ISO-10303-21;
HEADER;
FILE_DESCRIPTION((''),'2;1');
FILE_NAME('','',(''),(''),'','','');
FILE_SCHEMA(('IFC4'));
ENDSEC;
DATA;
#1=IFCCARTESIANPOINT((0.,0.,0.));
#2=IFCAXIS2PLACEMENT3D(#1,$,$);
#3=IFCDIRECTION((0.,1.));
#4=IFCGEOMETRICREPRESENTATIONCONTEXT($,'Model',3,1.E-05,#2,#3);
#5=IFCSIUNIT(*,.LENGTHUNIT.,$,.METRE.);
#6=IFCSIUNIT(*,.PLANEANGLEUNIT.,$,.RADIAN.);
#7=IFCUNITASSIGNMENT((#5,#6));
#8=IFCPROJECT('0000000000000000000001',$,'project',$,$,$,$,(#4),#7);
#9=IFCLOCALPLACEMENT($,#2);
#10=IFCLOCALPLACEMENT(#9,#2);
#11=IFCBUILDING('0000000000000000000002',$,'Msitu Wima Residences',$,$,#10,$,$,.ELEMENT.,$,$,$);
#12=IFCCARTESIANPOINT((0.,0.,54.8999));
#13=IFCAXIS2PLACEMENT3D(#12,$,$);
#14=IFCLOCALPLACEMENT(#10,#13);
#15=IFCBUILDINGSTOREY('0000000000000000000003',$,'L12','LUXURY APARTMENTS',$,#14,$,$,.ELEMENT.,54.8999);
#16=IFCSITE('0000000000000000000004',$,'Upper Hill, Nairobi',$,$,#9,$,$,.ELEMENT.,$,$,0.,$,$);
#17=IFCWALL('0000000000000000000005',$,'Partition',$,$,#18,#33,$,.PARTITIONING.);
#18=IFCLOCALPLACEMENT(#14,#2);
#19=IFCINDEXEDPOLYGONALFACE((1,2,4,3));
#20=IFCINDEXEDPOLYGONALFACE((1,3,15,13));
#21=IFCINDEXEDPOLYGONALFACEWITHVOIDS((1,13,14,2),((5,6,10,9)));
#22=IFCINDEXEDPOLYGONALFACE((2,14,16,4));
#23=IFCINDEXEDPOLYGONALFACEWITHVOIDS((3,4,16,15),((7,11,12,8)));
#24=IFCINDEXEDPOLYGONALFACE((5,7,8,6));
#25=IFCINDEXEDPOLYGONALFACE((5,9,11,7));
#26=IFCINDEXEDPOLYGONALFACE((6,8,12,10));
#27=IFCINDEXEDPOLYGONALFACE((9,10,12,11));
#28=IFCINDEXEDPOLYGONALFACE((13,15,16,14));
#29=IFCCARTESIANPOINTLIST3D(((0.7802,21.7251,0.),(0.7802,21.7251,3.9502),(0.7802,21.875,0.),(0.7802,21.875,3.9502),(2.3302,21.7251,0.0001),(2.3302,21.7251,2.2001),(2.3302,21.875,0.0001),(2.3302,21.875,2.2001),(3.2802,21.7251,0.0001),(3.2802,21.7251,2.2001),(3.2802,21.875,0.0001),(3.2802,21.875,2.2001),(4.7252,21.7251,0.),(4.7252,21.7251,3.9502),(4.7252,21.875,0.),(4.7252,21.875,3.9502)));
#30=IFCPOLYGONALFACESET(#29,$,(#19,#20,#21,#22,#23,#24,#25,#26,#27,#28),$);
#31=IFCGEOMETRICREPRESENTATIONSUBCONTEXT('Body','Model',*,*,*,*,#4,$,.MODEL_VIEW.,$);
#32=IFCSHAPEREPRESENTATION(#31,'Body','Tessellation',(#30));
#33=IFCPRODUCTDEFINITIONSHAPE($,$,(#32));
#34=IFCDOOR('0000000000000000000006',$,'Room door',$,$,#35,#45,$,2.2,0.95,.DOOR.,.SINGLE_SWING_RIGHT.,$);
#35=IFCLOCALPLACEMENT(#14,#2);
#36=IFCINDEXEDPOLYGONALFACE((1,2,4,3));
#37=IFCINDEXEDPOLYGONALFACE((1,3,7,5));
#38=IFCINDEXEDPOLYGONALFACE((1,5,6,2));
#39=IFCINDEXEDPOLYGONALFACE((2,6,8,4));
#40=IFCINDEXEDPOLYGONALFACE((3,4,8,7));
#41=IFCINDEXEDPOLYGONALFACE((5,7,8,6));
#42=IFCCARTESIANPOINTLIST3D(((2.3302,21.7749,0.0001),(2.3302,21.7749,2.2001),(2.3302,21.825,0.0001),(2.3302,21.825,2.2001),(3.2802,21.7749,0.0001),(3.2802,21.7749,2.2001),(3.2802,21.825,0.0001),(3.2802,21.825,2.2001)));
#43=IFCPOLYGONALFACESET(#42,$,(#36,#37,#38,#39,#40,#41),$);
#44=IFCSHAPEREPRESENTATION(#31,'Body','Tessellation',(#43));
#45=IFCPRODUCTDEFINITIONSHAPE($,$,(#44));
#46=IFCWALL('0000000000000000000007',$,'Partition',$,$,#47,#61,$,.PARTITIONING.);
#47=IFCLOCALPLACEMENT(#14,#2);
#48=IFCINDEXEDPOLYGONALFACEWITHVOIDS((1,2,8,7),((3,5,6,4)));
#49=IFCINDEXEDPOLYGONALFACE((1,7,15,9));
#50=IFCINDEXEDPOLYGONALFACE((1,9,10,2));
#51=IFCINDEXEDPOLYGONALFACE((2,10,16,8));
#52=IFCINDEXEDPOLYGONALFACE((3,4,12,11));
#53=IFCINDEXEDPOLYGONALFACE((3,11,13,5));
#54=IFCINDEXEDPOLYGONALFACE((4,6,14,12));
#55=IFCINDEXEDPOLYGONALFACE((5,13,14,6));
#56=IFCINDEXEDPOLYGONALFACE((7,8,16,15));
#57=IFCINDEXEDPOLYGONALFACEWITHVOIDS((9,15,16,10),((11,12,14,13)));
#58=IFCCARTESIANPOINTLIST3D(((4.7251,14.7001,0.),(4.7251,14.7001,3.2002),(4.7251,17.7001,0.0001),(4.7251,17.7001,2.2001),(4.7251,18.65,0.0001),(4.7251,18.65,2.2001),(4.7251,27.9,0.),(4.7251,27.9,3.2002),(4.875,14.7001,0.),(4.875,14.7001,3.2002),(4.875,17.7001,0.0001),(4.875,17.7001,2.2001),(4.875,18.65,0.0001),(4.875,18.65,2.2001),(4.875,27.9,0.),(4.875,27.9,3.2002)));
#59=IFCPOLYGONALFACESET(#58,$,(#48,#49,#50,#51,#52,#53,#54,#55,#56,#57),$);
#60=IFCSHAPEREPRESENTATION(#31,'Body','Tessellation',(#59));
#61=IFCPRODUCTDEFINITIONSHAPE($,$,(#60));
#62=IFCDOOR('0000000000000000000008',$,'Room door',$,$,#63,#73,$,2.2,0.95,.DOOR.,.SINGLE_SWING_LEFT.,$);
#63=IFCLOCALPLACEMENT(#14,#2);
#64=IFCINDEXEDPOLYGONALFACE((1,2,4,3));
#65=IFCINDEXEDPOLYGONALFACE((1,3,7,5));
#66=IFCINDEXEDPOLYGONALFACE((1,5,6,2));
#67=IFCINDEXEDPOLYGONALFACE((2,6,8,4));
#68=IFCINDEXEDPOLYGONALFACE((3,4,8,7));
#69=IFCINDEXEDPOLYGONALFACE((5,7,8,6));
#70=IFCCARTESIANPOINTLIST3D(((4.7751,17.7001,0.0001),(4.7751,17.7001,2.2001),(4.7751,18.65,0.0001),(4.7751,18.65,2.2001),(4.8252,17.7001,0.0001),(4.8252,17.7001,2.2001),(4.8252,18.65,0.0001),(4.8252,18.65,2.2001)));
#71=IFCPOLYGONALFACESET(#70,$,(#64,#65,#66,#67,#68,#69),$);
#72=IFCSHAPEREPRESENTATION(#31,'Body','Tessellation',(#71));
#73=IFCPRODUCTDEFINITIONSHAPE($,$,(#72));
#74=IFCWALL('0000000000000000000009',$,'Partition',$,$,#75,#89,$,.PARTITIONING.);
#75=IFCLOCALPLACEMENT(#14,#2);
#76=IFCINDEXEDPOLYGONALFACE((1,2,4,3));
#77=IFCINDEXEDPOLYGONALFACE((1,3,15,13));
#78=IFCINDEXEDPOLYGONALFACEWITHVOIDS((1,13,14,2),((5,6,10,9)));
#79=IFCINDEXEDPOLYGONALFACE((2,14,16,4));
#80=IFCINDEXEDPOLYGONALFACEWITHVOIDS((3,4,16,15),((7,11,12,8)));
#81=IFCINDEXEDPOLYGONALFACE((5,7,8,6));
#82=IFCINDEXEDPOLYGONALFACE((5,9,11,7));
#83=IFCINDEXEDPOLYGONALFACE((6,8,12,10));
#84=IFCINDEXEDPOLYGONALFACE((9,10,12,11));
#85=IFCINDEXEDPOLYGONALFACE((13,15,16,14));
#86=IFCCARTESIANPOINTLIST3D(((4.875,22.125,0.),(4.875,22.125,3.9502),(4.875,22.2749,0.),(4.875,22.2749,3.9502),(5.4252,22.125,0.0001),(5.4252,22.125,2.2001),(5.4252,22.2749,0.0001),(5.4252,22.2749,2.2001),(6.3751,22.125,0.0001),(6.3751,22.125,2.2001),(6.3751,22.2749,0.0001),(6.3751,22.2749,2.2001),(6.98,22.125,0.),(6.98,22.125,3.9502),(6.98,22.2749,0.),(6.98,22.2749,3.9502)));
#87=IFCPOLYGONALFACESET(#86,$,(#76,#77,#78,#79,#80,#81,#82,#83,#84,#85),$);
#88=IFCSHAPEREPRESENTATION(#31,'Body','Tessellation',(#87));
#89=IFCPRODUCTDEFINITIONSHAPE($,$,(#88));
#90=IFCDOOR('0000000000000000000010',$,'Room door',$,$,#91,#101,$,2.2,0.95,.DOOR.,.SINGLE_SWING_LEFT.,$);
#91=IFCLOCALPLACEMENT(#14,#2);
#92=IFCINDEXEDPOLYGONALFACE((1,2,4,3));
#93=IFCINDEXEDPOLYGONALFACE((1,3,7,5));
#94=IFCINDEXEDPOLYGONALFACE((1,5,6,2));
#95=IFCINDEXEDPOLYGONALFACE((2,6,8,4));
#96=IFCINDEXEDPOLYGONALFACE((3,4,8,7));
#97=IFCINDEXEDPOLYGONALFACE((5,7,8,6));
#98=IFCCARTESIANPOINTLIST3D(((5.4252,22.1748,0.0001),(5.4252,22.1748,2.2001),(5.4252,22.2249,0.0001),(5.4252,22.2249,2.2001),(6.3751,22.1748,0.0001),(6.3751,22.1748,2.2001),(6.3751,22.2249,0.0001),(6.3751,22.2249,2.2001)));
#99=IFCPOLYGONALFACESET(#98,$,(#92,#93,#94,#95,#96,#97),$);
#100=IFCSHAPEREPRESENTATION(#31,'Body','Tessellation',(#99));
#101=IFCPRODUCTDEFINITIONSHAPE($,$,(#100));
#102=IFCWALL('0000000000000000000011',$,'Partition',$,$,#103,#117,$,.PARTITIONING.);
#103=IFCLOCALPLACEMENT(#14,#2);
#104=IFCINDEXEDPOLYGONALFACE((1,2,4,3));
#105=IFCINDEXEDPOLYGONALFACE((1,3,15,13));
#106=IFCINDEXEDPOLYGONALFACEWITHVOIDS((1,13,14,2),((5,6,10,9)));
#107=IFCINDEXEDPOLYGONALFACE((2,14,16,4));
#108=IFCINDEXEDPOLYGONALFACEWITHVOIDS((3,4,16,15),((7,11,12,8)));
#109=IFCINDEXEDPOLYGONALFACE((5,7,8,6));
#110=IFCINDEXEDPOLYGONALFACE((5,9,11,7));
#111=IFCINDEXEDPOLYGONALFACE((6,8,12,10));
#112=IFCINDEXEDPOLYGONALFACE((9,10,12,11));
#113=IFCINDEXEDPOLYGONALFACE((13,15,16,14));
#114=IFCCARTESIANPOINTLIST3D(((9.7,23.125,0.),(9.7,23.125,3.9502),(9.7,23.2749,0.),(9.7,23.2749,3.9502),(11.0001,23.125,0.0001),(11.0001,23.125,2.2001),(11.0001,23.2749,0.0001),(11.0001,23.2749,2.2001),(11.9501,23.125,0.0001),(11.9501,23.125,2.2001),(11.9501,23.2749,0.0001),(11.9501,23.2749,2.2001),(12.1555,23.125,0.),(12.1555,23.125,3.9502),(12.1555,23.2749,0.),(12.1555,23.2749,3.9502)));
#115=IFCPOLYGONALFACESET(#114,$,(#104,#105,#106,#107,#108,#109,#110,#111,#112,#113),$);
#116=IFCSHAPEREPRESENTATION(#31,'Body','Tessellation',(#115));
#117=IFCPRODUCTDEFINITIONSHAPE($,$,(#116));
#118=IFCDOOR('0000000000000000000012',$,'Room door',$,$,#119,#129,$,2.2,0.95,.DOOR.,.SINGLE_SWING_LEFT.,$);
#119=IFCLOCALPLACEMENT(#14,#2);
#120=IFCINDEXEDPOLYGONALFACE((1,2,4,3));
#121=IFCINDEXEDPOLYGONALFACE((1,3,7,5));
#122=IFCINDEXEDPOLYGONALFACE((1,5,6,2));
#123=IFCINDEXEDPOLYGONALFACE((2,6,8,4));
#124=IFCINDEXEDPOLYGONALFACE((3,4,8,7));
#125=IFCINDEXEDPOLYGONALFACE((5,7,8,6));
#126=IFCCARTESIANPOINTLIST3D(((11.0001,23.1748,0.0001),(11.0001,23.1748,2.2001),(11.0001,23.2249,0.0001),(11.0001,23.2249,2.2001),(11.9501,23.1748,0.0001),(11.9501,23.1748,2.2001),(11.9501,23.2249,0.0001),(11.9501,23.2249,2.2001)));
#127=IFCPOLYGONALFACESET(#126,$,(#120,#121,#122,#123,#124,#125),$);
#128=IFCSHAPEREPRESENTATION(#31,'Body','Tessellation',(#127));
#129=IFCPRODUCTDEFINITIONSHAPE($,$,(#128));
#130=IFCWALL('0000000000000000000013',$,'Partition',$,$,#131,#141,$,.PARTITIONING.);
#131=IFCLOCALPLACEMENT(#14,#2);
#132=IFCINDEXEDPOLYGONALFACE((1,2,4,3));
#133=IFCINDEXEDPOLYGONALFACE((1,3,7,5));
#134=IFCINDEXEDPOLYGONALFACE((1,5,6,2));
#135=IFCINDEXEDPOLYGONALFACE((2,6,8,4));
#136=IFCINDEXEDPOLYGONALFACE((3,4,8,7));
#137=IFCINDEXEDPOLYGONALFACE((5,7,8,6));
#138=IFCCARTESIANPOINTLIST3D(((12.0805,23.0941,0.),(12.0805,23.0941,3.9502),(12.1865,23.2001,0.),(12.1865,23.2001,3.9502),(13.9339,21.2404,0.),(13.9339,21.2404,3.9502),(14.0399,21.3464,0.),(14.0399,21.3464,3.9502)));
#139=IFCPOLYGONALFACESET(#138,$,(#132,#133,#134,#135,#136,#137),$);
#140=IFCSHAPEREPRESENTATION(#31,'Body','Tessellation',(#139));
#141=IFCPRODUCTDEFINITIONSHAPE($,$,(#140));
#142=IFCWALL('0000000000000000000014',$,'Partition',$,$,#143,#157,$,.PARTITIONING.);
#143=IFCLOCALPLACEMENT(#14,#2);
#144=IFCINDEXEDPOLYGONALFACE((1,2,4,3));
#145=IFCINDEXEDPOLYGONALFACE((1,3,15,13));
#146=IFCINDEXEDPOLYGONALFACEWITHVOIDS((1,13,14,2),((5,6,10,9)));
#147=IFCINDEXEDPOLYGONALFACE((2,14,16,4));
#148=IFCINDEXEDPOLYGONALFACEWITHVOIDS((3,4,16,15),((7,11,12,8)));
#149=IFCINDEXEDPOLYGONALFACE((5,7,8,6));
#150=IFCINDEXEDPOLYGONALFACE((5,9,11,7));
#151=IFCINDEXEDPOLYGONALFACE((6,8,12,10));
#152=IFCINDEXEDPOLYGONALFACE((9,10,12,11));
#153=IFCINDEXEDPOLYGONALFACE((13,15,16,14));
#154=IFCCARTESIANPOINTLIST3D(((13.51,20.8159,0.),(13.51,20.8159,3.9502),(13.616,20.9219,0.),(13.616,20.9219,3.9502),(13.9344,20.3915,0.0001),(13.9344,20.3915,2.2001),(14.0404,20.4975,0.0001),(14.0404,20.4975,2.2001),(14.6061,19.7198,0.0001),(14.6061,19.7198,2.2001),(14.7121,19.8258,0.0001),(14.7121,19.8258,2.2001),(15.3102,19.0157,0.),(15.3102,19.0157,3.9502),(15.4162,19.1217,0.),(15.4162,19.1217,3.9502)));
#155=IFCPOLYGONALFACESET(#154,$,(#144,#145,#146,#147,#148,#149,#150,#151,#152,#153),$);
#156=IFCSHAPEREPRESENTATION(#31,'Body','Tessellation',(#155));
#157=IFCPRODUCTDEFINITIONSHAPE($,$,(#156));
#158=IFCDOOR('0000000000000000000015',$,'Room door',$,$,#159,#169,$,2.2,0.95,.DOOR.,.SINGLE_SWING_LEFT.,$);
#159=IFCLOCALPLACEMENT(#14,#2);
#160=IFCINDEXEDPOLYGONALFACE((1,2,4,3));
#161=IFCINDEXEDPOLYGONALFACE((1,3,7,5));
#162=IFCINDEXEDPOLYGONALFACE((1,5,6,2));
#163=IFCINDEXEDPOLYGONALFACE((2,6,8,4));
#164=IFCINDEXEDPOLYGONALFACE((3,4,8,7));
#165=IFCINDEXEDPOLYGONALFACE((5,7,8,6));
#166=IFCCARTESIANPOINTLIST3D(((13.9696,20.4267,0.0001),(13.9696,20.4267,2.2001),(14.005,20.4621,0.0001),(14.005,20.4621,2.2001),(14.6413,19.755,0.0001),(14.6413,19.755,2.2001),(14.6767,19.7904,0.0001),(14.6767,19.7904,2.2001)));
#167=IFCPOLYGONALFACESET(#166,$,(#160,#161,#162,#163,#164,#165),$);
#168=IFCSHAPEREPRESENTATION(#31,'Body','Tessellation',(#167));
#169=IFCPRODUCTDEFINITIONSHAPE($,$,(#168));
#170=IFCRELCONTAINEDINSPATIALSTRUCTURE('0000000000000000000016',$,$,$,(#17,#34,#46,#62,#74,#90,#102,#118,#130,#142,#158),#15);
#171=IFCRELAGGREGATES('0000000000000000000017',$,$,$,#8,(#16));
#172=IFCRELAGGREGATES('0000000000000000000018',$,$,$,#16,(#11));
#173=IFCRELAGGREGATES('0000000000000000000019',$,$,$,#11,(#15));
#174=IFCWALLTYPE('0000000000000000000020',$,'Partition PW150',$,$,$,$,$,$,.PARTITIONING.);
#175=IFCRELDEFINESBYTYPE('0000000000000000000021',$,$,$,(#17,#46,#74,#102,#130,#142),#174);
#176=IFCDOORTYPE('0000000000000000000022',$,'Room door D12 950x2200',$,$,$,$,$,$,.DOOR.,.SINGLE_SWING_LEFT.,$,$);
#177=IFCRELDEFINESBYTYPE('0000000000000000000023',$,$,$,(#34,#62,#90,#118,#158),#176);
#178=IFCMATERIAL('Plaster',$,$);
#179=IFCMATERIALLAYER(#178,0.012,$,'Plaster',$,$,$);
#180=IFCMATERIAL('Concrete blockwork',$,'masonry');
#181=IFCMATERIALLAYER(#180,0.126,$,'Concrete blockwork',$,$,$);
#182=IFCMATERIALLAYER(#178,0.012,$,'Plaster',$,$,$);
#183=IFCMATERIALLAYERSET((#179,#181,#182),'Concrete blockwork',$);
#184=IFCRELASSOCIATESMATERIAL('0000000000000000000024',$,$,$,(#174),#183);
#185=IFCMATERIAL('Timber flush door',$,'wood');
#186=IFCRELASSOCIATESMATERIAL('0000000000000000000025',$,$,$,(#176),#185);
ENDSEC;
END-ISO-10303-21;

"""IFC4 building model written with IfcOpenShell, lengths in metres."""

from ifc_helpers import new_model, si_unit, direction, frame, frame_2d, origin, place, context, subcontext, project, spatial, rectangle, extrude, material, layer, layer_set, type_object, element, fill, save


model = new_model("IFC4")

# Units and contexts
model_context = context("Model", 3, precision=1e-05, world=origin(), true_north=direction((0.0, 1.0)))
body_context = subcontext(model_context, "Body", "Model", "MODEL_VIEW")
ifc_project = project(units=[si_unit("LENGTHUNIT", "METRE"), si_unit("PLANEANGLEUNIT", "RADIAN")], contexts=[model_context])

# Site, building, storey
site_placement = place(None, origin())
site = spatial("IfcSite", under=ifc_project, at=site_placement, Name="Upper Hill, Nairobi", CompositionType="ELEMENT", RefElevation=0.0)
building_placement = place(site_placement, origin())
building = spatial("IfcBuilding", under=site, at=building_placement, Name="Msitu Wima Residences", CompositionType="ELEMENT")
storey_placement = place(building_placement, frame((0.0, 0.0, 54.8999)))
storey = spatial("IfcBuildingStorey", under=building, at=storey_placement, Name="L12", Description="LUXURY APARTMENTS", CompositionType="ELEMENT", Elevation=54.8999)

# Walls, openings, doors
ifc_material_1 = material(Name="Plaster")
ifc_layer_1 = layer(ifc_material_1, 0.012, Name="Plaster")
ifc_material_2 = material(Name="Concrete blockwork", Category="masonry")
ifc_layer_2 = layer(ifc_material_2, 0.126, Name="Concrete blockwork")
ifc_layer_3 = layer(ifc_material_1, 0.012, Name="Plaster")
ifc_layer_set_1 = layer_set([ifc_layer_1, ifc_layer_2, ifc_layer_3], Name="Concrete blockwork")
wall_type_1 = type_object("IfcWallType", Name="Partition PW150", PredefinedType="PARTITIONING", material=ifc_layer_set_1)
wall_1_placement = place(storey_placement, frame((0.78, 21.8, 0.0), z_axis=(0.0, 0.0, 1.0), x_axis=(1.0, 0.0, 0.0)))
wall_1 = element("IfcWall", 1, at=wall_1_placement, inside=storey, type_object=wall_type_1, Name="Partition", PredefinedType="PARTITIONING", context=body_context, shape_type="SweptSolid", body=[
    extrude(rectangle(XDim=3.9451, YDim=0.1499, at=frame_2d((1.9727, 0.0))), origin(), (0.0, 0.0, 1.0), 3.9502),
])
opening_1_placement = place(wall_1_placement, frame((1.55, 0.0, 0.0)))
opening_1 = element("IfcOpeningElement", 2, at=opening_1_placement, cuts=wall_1, PredefinedType="OPENING", context=body_context, shape_type="SweptSolid", body=[
    extrude(rectangle(XDim=0.95, YDim=2.2, at=frame_2d((0.4751, 1.1001))), frame((0.0, 0.085, 0.0), z_axis=(0.0, -1.0, 0.0), x_axis=(1.0, 0.0, 0.0)), (0.0, 0.0, 1.0), 0.1699),
])
ifc_material_3 = material(Name="Timber flush door", Category="wood")
door_type_1 = type_object("IfcDoorType", Name="Room door D12 950x2200", OperationType="SINGLE_SWING_LEFT", PredefinedType="DOOR", material=ifc_material_3)
door_1_placement = place(opening_1_placement, origin())
door_1 = element("IfcDoor", 3, at=door_1_placement, inside=storey, type_object=door_type_1, Name="Room door", OperationType="SINGLE_SWING_RIGHT", OverallHeight=2.2, OverallWidth=0.95, PredefinedType="DOOR", context=body_context, shape_type="SweptSolid", body=[
    extrude(rectangle(XDim=0.95, YDim=2.2, at=frame_2d((0.4751, 1.1001))), frame((0.0, 0.0249, 0.0), z_axis=(0.0, -1.0, 0.0), x_axis=(1.0, 0.0, 0.0)), (0.0, 0.0, 1.0), 0.05),
])
fill(opening_1, door_1)
wall_2_placement = place(storey_placement, frame((4.8, 14.7, 0.0), z_axis=(0.0, 0.0, 1.0), x_axis=(0.0, 1.0, 0.0)))
wall_2 = element("IfcWall", 4, at=wall_2_placement, inside=storey, type_object=wall_type_1, Name="Partition", PredefinedType="PARTITIONING", context=body_context, shape_type="SweptSolid", body=[
    extrude(rectangle(XDim=13.2, YDim=0.1499, at=frame_2d((6.6001, 0.0))), origin(), (0.0, 0.0, 1.0), 3.2002),
])
opening_2_placement = place(wall_2_placement, frame((3.0, 0.0, 0.0)))
opening_2 = element("IfcOpeningElement", 5, at=opening_2_placement, cuts=wall_2, PredefinedType="OPENING", context=body_context, shape_type="SweptSolid", body=[
    extrude(rectangle(XDim=0.95, YDim=2.2, at=frame_2d((0.4751, 1.1001))), frame((0.0, 0.085, 0.0), z_axis=(0.0, -1.0, 0.0), x_axis=(1.0, 0.0, 0.0)), (0.0, 0.0, 1.0), 0.1699),
])
door_2_placement = place(opening_2_placement, origin())
door_2 = element("IfcDoor", 6, at=door_2_placement, inside=storey, type_object=door_type_1, Name="Room door", OperationType="SINGLE_SWING_LEFT", OverallHeight=2.2, OverallWidth=0.95, PredefinedType="DOOR", context=body_context, shape_type="SweptSolid", body=[
    extrude(rectangle(XDim=0.95, YDim=2.2, at=frame_2d((0.4751, 1.1001))), frame((0.0, 0.0249, 0.0), z_axis=(0.0, -1.0, 0.0), x_axis=(1.0, 0.0, 0.0)), (0.0, 0.0, 1.0), 0.05),
])
fill(opening_2, door_2)
wall_3_placement = place(storey_placement, frame((4.875, 22.2, 0.0), z_axis=(0.0, 0.0, 1.0), x_axis=(1.0, 0.0, 0.0)))
wall_3 = element("IfcWall", 7, at=wall_3_placement, inside=storey, type_object=wall_type_1, Name="Partition", PredefinedType="PARTITIONING", context=body_context, shape_type="SweptSolid", body=[
    extrude(rectangle(XDim=2.105, YDim=0.1499, at=frame_2d((1.0525, 0.0))), origin(), (0.0, 0.0, 1.0), 3.9502),
])
opening_3_placement = place(wall_3_placement, frame((0.55, 0.0, 0.0)))
opening_3 = element("IfcOpeningElement", 8, at=opening_3_placement, cuts=wall_3, PredefinedType="OPENING", context=body_context, shape_type="SweptSolid", body=[
    extrude(rectangle(XDim=0.95, YDim=2.2, at=frame_2d((0.4751, 1.1001))), frame((0.0, 0.085, 0.0), z_axis=(0.0, -1.0, 0.0), x_axis=(1.0, 0.0, 0.0)), (0.0, 0.0, 1.0), 0.1699),
])
door_3_placement = place(opening_3_placement, origin())
door_3 = element("IfcDoor", 9, at=door_3_placement, inside=storey, type_object=door_type_1, Name="Room door", OperationType="SINGLE_SWING_LEFT", OverallHeight=2.2, OverallWidth=0.95, PredefinedType="DOOR", context=body_context, shape_type="SweptSolid", body=[
    extrude(rectangle(XDim=0.95, YDim=2.2, at=frame_2d((0.4751, 1.1001))), frame((0.0, 0.0249, 0.0), z_axis=(0.0, -1.0, 0.0), x_axis=(1.0, 0.0, 0.0)), (0.0, 0.0, 1.0), 0.05),
])
fill(opening_3, door_3)
wall_4_placement = place(storey_placement, frame((9.7, 23.2, 0.0), z_axis=(0.0, 0.0, 1.0), x_axis=(1.0, 0.0, 0.0)))
wall_4 = element("IfcWall", 10, at=wall_4_placement, inside=storey, type_object=wall_type_1, Name="Partition", PredefinedType="PARTITIONING", context=body_context, shape_type="SweptSolid", body=[
    extrude(rectangle(XDim=2.4556, YDim=0.1499, at=frame_2d((1.2278, 0.0))), origin(), (0.0, 0.0, 1.0), 3.9502),
])
opening_4_placement = place(wall_4_placement, frame((1.3, 0.0, 0.0)))
opening_4 = element("IfcOpeningElement", 11, at=opening_4_placement, cuts=wall_4, PredefinedType="OPENING", context=body_context, shape_type="SweptSolid", body=[
    extrude(rectangle(XDim=0.95, YDim=2.2, at=frame_2d((0.4751, 1.1001))), frame((0.0, 0.085, 0.0), z_axis=(0.0, -1.0, 0.0), x_axis=(1.0, 0.0, 0.0)), (0.0, 0.0, 1.0), 0.1699),
])
door_4_placement = place(opening_4_placement, origin())
door_4 = element("IfcDoor", 12, at=door_4_placement, inside=storey, type_object=door_type_1, Name="Room door", OperationType="SINGLE_SWING_LEFT", OverallHeight=2.2, OverallWidth=0.95, PredefinedType="DOOR", context=body_context, shape_type="SweptSolid", body=[
    extrude(rectangle(XDim=0.95, YDim=2.2, at=frame_2d((0.4751, 1.1001))), frame((0.0, 0.0249, 0.0), z_axis=(0.0, -1.0, 0.0), x_axis=(1.0, 0.0, 0.0)), (0.0, 0.0, 1.0), 0.05),
])
fill(opening_4, door_4)

# Wall
wall_5_placement = place(storey_placement, frame((12.1335, 23.147, 0.0), z_axis=(0.0, 0.0, 1.0), x_axis=(0.70706, -0.707153, 0.0)))
element("IfcWall", 13, at=wall_5_placement, inside=storey, type_object=wall_type_1, Name="Partition", PredefinedType="PARTITIONING", context=body_context, shape_type="SweptSolid", body=[
    extrude(rectangle(XDim=2.6213, YDim=0.1499, at=frame_2d((1.3105, 0.0))), origin(), (0.0, 0.0, 1.0), 3.9502),
])

# Wall, opening, door
wall_6_placement = place(storey_placement, frame((13.563, 20.8689, 0.0), z_axis=(0.0, 0.0, 1.0), x_axis=(0.707107, -0.707107, 0.0)))
wall_6 = element("IfcWall", 14, at=wall_6_placement, inside=storey, type_object=wall_type_1, Name="Partition", PredefinedType="PARTITIONING", context=body_context, shape_type="SweptSolid", body=[
    extrude(rectangle(XDim=2.5459, YDim=0.1499, at=frame_2d((1.2729, 0.0))), origin(), (0.0, 0.0, 1.0), 3.9502),
])
opening_5_placement = place(wall_6_placement, frame((0.6001, 0.0, 0.0)))
opening_5 = element("IfcOpeningElement", 15, at=opening_5_placement, cuts=wall_6, PredefinedType="OPENING", context=body_context, shape_type="SweptSolid", body=[
    extrude(rectangle(XDim=0.95, YDim=2.2, at=frame_2d((0.4751, 1.1001))), frame((0.0, 0.085, 0.0), z_axis=(0.0, -1.0, 0.0), x_axis=(1.0, 0.0, 0.0)), (0.0, 0.0, 1.0), 0.1699),
])
door_5_placement = place(opening_5_placement, origin())
door_5 = element("IfcDoor", 16, at=door_5_placement, inside=storey, type_object=door_type_1, Name="Room door", OperationType="SINGLE_SWING_LEFT", OverallHeight=2.2, OverallWidth=0.95, PredefinedType="DOOR", context=body_context, shape_type="SweptSolid", body=[
    extrude(rectangle(XDim=0.95, YDim=2.2, at=frame_2d((0.4751, 1.1001))), frame((0.0, 0.0249, 0.0), z_axis=(0.0, -1.0, 0.0), x_axis=(1.0, 0.0, 0.0)), (0.0, 0.0, 1.0), 0.05),
])
fill(opening_5, door_5)

save(model, "model.ifc")
